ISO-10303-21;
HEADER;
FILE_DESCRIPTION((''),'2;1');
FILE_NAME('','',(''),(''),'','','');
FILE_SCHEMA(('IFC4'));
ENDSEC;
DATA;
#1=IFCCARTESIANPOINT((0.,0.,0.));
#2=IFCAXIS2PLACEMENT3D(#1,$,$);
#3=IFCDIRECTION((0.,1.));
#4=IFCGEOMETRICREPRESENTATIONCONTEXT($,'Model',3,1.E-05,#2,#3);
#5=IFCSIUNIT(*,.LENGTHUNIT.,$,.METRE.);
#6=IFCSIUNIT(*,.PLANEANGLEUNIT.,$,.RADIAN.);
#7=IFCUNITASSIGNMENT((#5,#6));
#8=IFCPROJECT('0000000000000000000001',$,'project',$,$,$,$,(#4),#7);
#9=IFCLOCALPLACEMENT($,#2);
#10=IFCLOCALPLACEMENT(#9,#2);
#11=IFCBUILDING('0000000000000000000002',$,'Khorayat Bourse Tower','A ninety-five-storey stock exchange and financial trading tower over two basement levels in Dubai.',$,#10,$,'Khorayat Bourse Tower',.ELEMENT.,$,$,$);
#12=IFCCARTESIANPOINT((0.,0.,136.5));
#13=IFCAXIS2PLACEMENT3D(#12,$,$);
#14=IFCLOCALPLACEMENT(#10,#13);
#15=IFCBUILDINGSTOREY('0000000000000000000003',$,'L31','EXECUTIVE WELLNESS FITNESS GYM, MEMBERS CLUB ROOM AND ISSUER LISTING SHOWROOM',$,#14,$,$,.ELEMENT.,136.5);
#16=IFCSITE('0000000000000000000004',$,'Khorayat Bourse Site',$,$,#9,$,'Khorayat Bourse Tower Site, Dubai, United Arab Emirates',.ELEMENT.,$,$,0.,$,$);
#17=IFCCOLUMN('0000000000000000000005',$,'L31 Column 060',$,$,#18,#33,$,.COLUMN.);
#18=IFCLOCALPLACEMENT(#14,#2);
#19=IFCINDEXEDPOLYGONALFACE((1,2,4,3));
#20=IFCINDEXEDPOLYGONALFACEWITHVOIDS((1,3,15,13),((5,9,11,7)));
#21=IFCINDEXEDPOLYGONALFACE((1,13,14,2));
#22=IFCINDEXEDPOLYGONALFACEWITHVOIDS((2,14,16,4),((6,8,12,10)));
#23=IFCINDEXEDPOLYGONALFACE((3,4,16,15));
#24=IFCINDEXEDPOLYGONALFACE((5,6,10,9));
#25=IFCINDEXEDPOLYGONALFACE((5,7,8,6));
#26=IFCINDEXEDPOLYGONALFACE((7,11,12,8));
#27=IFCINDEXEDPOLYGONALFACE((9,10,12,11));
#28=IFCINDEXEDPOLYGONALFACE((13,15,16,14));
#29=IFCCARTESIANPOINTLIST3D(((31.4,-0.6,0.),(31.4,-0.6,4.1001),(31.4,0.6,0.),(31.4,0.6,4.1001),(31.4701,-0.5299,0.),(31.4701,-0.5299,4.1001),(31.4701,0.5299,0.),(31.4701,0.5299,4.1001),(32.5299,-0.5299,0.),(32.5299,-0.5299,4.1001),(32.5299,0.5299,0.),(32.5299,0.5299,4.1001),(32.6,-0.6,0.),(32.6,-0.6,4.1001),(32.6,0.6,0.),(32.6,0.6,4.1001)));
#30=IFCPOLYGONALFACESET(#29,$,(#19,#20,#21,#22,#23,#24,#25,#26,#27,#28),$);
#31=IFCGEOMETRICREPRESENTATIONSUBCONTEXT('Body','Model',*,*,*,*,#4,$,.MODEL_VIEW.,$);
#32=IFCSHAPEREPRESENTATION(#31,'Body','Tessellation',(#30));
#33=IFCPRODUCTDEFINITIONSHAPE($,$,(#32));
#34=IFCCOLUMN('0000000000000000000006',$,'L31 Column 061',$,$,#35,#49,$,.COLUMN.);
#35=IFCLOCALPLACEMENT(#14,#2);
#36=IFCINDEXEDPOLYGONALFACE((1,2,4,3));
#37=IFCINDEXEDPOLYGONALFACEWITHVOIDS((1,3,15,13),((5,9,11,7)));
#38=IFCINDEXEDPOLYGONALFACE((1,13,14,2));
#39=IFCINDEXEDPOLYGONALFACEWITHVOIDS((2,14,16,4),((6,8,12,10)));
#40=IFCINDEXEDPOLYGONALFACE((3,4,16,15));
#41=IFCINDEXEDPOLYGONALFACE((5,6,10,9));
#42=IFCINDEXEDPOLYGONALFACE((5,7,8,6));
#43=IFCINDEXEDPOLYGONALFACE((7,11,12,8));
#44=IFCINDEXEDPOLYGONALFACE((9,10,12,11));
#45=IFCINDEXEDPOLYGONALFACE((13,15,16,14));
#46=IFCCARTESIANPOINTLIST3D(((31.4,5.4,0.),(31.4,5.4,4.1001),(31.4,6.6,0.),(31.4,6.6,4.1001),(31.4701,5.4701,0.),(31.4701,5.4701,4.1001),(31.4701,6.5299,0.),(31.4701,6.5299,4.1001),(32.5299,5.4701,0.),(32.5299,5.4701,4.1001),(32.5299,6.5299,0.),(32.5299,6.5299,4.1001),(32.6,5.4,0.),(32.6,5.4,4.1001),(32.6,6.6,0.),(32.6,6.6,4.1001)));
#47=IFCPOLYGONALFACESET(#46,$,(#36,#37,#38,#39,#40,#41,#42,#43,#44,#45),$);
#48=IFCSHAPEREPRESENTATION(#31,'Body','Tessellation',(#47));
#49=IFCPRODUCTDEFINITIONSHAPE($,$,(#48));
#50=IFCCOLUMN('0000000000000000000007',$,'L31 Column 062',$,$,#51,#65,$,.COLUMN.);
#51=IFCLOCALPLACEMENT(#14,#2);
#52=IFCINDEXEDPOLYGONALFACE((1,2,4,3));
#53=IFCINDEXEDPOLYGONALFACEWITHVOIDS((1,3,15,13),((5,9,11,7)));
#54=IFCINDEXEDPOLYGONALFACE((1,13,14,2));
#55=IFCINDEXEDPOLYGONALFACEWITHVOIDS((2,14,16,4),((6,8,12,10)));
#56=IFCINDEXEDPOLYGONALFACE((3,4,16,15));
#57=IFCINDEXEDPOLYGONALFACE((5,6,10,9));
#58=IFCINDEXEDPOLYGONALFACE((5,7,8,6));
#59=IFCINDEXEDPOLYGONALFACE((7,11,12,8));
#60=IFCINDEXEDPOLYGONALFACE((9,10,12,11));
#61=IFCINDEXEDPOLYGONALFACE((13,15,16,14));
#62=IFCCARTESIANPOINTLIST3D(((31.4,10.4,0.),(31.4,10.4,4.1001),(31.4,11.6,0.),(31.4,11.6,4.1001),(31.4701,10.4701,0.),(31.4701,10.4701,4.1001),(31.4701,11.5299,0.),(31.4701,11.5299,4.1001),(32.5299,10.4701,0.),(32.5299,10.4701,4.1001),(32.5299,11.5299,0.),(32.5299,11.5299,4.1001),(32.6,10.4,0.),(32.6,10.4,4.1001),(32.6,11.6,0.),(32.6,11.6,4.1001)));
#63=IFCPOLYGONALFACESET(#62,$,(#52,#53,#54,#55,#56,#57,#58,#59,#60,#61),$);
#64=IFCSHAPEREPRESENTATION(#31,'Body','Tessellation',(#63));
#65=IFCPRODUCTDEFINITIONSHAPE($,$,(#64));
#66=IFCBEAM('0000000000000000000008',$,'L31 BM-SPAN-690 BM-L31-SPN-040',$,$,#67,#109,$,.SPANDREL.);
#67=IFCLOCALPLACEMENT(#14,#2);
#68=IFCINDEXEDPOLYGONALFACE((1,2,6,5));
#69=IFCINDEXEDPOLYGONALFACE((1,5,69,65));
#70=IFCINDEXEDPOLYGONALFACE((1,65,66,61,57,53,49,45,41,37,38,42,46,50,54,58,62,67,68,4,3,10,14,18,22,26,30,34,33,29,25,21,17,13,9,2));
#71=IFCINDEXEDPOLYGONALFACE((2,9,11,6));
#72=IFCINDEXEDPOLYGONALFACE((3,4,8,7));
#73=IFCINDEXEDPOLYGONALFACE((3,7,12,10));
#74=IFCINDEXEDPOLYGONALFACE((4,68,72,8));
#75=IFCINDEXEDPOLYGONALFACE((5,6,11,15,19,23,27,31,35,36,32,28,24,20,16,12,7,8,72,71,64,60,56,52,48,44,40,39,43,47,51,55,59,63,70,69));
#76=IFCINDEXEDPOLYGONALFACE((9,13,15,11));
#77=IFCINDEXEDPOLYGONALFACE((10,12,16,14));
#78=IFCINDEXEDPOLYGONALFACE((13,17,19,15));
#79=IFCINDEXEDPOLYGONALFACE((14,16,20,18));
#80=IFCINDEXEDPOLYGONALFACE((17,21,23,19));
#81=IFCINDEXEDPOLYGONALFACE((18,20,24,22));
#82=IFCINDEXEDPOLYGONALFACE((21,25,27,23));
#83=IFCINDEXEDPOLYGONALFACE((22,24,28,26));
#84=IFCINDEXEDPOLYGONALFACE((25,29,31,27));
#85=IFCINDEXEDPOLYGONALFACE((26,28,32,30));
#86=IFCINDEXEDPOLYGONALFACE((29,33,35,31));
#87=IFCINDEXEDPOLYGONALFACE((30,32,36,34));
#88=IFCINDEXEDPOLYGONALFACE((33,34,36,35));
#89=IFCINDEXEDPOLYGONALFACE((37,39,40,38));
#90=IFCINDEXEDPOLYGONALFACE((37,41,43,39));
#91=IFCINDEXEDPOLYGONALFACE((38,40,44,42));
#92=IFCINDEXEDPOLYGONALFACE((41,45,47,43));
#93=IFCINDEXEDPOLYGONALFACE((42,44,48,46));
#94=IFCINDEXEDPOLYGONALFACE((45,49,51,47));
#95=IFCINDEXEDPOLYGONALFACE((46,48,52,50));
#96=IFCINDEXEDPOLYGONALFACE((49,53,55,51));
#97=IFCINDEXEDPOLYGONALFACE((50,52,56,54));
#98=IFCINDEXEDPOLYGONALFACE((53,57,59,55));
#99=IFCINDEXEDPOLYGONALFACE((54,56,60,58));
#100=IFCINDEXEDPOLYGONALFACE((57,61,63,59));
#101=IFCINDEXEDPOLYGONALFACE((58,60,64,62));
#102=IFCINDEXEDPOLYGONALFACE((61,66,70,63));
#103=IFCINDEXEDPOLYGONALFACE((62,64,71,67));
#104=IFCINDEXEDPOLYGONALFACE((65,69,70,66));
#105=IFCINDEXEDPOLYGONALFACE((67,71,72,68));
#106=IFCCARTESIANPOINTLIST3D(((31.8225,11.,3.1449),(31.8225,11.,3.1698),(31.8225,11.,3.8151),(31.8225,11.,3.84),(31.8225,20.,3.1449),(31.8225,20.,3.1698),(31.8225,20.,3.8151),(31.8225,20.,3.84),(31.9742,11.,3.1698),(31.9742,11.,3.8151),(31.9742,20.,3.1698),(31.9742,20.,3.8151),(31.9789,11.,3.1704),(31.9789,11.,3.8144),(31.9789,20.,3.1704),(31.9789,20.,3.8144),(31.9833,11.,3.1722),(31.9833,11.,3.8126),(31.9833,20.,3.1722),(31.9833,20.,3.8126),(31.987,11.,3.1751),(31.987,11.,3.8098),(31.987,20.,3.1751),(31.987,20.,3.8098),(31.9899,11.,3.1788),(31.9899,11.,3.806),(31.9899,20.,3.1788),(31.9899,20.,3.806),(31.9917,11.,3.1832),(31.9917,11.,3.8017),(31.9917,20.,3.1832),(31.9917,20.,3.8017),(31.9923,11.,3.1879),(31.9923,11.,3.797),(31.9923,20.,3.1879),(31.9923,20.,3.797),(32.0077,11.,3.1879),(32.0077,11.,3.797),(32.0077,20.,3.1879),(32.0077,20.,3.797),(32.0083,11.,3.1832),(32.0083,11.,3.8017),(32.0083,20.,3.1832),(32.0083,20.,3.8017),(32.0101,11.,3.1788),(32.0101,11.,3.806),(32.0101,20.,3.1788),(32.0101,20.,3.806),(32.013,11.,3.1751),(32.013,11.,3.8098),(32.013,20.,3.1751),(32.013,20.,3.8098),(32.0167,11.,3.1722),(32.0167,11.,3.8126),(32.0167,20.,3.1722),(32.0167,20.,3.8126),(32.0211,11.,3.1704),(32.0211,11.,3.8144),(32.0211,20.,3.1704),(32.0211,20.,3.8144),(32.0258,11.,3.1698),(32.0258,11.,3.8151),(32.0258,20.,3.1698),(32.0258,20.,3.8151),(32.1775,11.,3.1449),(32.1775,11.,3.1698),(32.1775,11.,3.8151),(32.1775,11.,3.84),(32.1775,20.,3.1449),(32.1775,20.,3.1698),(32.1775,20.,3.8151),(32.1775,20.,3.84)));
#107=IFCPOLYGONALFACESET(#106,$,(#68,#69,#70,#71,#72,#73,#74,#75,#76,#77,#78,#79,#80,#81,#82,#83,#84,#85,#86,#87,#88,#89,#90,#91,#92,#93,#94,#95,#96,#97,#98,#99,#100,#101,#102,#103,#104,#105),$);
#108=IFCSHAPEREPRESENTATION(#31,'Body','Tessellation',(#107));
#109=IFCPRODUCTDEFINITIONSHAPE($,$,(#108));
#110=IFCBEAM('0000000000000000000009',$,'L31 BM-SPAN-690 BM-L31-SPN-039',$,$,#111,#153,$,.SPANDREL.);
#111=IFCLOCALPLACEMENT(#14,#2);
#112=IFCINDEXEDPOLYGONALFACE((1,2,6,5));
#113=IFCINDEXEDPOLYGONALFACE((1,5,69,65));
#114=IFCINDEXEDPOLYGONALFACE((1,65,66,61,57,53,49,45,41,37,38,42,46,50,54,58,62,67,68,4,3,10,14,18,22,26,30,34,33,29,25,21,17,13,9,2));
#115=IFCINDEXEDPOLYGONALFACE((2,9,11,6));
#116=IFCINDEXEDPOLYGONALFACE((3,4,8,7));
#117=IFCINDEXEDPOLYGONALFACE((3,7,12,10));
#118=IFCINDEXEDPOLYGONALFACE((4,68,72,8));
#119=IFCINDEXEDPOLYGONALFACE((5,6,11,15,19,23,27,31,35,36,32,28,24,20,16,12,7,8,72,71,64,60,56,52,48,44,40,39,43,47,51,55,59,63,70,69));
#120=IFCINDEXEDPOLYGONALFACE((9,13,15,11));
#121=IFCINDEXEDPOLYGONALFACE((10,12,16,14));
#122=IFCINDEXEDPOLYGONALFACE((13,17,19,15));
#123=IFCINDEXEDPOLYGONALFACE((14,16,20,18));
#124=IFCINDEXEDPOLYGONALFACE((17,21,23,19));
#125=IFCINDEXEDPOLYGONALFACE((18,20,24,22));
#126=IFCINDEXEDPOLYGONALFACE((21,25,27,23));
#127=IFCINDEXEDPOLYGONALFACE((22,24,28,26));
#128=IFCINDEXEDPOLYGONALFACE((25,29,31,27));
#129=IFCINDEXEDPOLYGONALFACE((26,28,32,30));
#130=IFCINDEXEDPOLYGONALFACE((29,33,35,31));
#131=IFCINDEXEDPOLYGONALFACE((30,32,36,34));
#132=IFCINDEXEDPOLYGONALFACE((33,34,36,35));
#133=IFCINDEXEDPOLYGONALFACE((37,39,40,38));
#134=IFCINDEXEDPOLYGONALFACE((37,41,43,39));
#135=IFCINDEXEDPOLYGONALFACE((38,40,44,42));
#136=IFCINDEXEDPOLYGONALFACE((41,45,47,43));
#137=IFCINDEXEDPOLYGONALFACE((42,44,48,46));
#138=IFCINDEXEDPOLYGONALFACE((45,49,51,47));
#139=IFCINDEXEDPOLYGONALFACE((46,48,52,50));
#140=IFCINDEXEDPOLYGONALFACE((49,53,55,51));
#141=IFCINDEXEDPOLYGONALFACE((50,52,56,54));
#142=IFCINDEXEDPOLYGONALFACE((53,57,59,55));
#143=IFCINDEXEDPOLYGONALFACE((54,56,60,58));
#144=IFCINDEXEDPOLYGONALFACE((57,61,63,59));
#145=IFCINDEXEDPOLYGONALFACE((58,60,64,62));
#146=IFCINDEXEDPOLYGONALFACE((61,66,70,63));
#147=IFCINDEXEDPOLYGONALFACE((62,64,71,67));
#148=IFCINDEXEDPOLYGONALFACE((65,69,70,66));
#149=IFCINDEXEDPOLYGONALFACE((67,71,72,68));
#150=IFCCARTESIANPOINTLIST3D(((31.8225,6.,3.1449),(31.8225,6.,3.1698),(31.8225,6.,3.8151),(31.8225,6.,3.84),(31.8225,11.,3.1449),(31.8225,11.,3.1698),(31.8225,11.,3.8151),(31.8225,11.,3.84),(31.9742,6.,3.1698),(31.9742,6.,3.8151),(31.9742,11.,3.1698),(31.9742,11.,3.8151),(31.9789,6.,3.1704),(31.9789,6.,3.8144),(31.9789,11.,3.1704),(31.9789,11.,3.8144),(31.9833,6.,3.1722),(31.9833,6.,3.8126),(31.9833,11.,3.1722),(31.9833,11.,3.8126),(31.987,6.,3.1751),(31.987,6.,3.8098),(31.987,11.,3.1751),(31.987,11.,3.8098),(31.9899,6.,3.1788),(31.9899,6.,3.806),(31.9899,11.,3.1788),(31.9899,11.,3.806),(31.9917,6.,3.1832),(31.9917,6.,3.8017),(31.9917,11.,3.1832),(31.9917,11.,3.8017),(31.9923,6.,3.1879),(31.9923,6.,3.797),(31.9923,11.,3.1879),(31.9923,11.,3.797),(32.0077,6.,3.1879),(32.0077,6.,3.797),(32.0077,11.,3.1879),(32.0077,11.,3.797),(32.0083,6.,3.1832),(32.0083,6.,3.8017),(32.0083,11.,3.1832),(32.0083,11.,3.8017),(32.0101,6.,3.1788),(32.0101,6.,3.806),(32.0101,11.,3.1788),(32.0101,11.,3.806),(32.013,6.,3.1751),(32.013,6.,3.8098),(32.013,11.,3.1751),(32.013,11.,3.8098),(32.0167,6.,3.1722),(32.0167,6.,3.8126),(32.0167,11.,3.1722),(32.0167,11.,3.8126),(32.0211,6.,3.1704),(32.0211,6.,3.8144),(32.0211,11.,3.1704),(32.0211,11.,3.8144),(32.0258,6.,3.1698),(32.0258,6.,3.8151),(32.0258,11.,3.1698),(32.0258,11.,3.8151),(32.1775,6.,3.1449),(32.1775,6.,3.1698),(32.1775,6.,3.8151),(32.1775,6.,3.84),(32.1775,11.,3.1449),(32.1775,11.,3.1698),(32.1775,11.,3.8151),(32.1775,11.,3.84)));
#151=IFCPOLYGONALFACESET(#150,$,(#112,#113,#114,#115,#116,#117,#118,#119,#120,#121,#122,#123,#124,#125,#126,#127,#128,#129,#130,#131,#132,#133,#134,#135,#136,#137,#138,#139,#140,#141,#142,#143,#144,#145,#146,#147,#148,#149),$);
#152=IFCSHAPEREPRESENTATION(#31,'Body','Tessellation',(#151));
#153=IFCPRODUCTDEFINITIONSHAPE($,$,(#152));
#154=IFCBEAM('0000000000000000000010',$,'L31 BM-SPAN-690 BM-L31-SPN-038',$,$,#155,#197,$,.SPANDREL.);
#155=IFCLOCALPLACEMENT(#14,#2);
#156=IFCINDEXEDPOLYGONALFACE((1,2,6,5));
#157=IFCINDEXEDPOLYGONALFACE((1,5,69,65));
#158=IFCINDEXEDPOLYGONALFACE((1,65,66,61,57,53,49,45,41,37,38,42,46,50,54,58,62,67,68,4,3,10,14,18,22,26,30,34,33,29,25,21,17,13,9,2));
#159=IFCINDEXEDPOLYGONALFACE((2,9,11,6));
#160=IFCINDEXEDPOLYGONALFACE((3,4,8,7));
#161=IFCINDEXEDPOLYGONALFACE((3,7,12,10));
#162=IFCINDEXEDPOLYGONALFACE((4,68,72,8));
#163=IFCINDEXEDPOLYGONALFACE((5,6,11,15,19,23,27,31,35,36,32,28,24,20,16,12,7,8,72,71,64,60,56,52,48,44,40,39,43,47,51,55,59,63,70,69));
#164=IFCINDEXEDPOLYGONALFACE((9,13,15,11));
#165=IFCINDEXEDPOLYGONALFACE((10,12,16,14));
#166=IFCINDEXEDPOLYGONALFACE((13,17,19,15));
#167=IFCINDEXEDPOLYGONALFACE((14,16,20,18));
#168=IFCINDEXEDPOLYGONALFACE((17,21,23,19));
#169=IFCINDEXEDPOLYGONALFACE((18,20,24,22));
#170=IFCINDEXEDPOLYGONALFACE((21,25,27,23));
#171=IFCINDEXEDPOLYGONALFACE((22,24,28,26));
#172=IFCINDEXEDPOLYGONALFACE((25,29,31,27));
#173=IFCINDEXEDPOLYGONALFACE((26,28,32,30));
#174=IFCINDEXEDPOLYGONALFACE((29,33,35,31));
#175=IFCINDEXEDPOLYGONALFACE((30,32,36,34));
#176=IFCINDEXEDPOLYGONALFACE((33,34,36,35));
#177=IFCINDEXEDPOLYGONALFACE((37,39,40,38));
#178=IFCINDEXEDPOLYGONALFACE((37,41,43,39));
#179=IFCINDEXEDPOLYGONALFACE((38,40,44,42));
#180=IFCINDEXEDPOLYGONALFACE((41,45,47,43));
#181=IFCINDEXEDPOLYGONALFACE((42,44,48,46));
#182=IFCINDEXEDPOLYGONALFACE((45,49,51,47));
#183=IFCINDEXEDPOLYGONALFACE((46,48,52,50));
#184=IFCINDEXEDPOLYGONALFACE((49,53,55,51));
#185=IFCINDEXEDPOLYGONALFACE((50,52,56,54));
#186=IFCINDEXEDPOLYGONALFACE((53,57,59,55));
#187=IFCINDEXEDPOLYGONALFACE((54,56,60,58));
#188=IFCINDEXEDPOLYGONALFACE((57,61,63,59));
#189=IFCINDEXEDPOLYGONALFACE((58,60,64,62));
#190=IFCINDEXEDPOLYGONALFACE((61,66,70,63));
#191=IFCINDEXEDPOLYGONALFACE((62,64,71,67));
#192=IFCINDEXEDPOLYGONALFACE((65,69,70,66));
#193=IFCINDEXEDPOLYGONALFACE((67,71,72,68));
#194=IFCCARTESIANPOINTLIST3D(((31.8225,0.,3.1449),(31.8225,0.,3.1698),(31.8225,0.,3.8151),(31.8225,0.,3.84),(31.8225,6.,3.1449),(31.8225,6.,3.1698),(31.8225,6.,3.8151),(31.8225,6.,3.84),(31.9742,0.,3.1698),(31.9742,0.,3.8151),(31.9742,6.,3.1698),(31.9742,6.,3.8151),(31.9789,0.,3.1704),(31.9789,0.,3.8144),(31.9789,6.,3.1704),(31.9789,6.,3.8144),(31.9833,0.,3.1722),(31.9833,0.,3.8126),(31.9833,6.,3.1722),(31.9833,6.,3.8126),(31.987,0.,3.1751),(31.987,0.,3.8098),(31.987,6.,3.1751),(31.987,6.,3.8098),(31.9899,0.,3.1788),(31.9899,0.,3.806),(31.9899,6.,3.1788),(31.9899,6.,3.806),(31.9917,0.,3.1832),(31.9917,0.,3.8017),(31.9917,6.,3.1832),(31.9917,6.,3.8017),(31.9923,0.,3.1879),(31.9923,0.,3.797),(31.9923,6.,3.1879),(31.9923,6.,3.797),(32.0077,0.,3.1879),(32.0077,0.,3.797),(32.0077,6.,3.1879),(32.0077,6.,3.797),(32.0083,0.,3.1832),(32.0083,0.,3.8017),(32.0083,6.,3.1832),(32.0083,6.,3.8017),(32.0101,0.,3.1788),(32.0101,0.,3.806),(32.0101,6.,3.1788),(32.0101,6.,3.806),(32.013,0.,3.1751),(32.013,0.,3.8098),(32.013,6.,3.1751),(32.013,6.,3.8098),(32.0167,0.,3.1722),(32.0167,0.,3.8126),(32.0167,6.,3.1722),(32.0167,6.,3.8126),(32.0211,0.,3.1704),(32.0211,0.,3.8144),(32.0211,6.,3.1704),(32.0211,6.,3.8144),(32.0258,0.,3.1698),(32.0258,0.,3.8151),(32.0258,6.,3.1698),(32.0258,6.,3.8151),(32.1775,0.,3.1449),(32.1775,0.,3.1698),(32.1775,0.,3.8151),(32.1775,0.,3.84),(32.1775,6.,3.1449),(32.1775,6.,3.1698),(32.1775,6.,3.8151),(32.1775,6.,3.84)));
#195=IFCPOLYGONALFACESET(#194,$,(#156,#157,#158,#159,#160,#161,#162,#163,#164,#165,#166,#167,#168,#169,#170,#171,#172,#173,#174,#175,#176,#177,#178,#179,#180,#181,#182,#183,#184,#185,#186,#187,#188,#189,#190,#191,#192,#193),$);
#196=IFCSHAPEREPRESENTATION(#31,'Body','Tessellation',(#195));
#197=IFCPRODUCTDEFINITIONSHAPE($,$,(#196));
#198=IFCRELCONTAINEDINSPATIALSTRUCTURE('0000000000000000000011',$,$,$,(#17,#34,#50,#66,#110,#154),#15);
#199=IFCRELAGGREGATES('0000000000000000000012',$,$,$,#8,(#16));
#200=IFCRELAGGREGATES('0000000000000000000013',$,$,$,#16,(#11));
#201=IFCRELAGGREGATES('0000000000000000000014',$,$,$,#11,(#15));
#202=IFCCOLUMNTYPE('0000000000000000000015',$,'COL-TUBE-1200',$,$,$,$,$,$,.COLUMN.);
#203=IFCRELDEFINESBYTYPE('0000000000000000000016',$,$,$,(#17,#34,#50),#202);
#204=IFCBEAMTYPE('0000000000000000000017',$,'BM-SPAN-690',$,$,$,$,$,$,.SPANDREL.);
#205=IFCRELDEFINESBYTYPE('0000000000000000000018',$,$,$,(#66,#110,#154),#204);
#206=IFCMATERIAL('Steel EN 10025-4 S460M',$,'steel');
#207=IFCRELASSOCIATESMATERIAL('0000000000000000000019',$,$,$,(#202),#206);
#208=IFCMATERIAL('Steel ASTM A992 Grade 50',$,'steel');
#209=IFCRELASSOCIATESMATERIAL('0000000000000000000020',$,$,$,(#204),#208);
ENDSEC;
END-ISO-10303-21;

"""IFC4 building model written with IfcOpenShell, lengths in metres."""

from ifc_helpers import new_model, si_unit, direction, frame, origin, origin_2d, place, context, subcontext, project, spatial, hollow_rectangle, i_section, extrude, source, transform, mapped, material, material_profile, profile_set, type_object, element, save


model = new_model("IFC4")

# Units and contexts
model_context = context("Model", 3, precision=1e-05, world=origin(), true_north=direction((0.0, 1.0)))
body_context = subcontext(model_context, "Body", "Model", "MODEL_VIEW")
ifc_project = project(units=[si_unit("LENGTHUNIT", "METRE"), si_unit("PLANEANGLEUNIT", "RADIAN")], contexts=[model_context])

# Site, building, storey
site_placement = place(None, origin())
site = spatial("IfcSite", under=ifc_project, at=site_placement, Name="Khorayat Bourse Site", LongName="Khorayat Bourse Tower Site, Dubai, United Arab Emirates", CompositionType="ELEMENT", RefElevation=0.0)
building_placement = place(site_placement, origin())
building = spatial("IfcBuilding", under=site, at=building_placement, Name="Khorayat Bourse Tower", Description="A ninety-five-storey stock exchange and financial trading tower over two basement levels in Dubai.", LongName="Khorayat Bourse Tower", CompositionType="ELEMENT")
storey_placement = place(building_placement, frame((0.0, 0.0, 136.5)))
storey = spatial("IfcBuildingStorey", under=building, at=storey_placement, Name="L31", Description="EXECUTIVE WELLNESS FITNESS GYM, MEMBERS CLUB ROOM AND ISSUER LISTING SHOWROOM", CompositionType="ELEMENT", Elevation=136.5)

# Columns
ifc_material_1 = material(Name="Steel EN 10025-4 S460M", Category="steel")
ifc_material_profile_1 = material_profile(ifc_material_1, hollow_rectangle(XDim=1.2, YDim=1.2, WallThickness=0.0701, at=origin_2d()), Name="BOX 1200x1200x70")
ifc_profile_set_1 = profile_set([ifc_material_profile_1], Name="Steel EN 10025-4 S460M")
column_type = type_object("IfcColumnType", Name="COL-TUBE-1200", PredefinedType="COLUMN", material=ifc_profile_set_1)
shared_shape_1 = source(origin(), body_context, "Body", "SweptSolid", [
    extrude(hollow_rectangle(XDim=1.2, YDim=1.2, WallThickness=0.0701, at=origin_2d()), origin(), (0.0, 0.0, 1.0), 4.1001),
])
for number, where, z_axis, x_axis, name in (
    (1, (32.0, 0.0, 0.0), (0.0, 0.0, 1.0), (1.0, 0.0, 0.0), "L31 Column 060"),
    (2, (32.0, 6.0, 0.0), (0.0, 0.0, 1.0), (1.0, 0.0, 0.0), "L31 Column 061"),
    (3, (32.0, 11.0, 0.0), (0.0, 0.0, 1.0), (1.0, 0.0, 0.0), "L31 Column 062"),
):
    element("IfcColumn", number, at=place(storey_placement, frame(where, z_axis=z_axis, x_axis=x_axis)), inside=storey, type_object=column_type, Name=name, PredefinedType="COLUMN", context=body_context, shape_type="MappedRepresentation", body=[
        mapped(shared_shape_1, transform((0.0, 0.0, 0.0), scale=1.0)),
    ])

# Beams
ifc_material_2 = material(Name="Steel ASTM A992 Grade 50", Category="steel")
ifc_material_profile_2 = material_profile(ifc_material_2, i_section(OverallWidth=0.355, OverallDepth=0.6951, WebThickness=0.0154, FlangeThickness=0.0249, FilletRadius=0.0181, at=origin_2d()), Name="W690X217")
ifc_profile_set_2 = profile_set([ifc_material_profile_2], Name="Steel ASTM A992 Grade 50")
beam_type_1 = type_object("IfcBeamType", Name="BM-SPAN-690", PredefinedType="SPANDREL", material=ifc_profile_set_2)
shared_shape_2 = source(origin(), body_context, "Body", "SweptSolid", [
    extrude(i_section(OverallWidth=0.355, OverallDepth=0.6951, WebThickness=0.0154, FlangeThickness=0.0249, FilletRadius=0.0181, at=origin_2d()), origin(), (0.0, 0.0, 1.0), 9.0),
])
beam_1_placement = place(storey_placement, frame((32.0, 11.0, 3.4924), z_axis=(0.0, 1.0, 0.0), x_axis=(-1.0, 0.0, 0.0)))
element("IfcBeam", 4, at=beam_1_placement, inside=storey, type_object=beam_type_1, Name="L31 BM-SPAN-690 BM-L31-SPN-040", PredefinedType="SPANDREL", context=body_context, shape_type="MappedRepresentation", body=[
    mapped(shared_shape_2, transform((0.0, 0.0, 0.0), scale=1.0)),
])
shared_shape_3 = source(origin(), body_context, "Body", "SweptSolid", [
    extrude(i_section(OverallWidth=0.355, OverallDepth=0.6951, WebThickness=0.0154, FlangeThickness=0.0249, FilletRadius=0.0181, at=origin_2d()), origin(), (0.0, 0.0, 1.0), 5.0),
])
beam_2_placement = place(storey_placement, frame((32.0, 6.0, 3.4924), z_axis=(0.0, 1.0, 0.0), x_axis=(-1.0, 0.0, 0.0)))
element("IfcBeam", 5, at=beam_2_placement, inside=storey, type_object=beam_type_1, Name="L31 BM-SPAN-690 BM-L31-SPN-039", PredefinedType="SPANDREL", context=body_context, shape_type="MappedRepresentation", body=[
    mapped(shared_shape_3, transform((0.0, 0.0, 0.0), scale=1.0)),
])
shared_shape_4 = source(origin(), body_context, "Body", "SweptSolid", [
    extrude(i_section(OverallWidth=0.355, OverallDepth=0.6951, WebThickness=0.0154, FlangeThickness=0.0249, FilletRadius=0.0181, at=origin_2d()), origin(), (0.0, 0.0, 1.0), 6.0),
])
beam_3_placement = place(storey_placement, frame((32.0, 0.0, 3.4924), z_axis=(0.0, 1.0, 0.0), x_axis=(-1.0, 0.0, 0.0)))
element("IfcBeam", 6, at=beam_3_placement, inside=storey, type_object=beam_type_1, Name="L31 BM-SPAN-690 BM-L31-SPN-038", PredefinedType="SPANDREL", context=body_context, shape_type="MappedRepresentation", body=[
    mapped(shared_shape_4, transform((0.0, 0.0, 0.0), scale=1.0)),
])

save(model, "model.ifc")
